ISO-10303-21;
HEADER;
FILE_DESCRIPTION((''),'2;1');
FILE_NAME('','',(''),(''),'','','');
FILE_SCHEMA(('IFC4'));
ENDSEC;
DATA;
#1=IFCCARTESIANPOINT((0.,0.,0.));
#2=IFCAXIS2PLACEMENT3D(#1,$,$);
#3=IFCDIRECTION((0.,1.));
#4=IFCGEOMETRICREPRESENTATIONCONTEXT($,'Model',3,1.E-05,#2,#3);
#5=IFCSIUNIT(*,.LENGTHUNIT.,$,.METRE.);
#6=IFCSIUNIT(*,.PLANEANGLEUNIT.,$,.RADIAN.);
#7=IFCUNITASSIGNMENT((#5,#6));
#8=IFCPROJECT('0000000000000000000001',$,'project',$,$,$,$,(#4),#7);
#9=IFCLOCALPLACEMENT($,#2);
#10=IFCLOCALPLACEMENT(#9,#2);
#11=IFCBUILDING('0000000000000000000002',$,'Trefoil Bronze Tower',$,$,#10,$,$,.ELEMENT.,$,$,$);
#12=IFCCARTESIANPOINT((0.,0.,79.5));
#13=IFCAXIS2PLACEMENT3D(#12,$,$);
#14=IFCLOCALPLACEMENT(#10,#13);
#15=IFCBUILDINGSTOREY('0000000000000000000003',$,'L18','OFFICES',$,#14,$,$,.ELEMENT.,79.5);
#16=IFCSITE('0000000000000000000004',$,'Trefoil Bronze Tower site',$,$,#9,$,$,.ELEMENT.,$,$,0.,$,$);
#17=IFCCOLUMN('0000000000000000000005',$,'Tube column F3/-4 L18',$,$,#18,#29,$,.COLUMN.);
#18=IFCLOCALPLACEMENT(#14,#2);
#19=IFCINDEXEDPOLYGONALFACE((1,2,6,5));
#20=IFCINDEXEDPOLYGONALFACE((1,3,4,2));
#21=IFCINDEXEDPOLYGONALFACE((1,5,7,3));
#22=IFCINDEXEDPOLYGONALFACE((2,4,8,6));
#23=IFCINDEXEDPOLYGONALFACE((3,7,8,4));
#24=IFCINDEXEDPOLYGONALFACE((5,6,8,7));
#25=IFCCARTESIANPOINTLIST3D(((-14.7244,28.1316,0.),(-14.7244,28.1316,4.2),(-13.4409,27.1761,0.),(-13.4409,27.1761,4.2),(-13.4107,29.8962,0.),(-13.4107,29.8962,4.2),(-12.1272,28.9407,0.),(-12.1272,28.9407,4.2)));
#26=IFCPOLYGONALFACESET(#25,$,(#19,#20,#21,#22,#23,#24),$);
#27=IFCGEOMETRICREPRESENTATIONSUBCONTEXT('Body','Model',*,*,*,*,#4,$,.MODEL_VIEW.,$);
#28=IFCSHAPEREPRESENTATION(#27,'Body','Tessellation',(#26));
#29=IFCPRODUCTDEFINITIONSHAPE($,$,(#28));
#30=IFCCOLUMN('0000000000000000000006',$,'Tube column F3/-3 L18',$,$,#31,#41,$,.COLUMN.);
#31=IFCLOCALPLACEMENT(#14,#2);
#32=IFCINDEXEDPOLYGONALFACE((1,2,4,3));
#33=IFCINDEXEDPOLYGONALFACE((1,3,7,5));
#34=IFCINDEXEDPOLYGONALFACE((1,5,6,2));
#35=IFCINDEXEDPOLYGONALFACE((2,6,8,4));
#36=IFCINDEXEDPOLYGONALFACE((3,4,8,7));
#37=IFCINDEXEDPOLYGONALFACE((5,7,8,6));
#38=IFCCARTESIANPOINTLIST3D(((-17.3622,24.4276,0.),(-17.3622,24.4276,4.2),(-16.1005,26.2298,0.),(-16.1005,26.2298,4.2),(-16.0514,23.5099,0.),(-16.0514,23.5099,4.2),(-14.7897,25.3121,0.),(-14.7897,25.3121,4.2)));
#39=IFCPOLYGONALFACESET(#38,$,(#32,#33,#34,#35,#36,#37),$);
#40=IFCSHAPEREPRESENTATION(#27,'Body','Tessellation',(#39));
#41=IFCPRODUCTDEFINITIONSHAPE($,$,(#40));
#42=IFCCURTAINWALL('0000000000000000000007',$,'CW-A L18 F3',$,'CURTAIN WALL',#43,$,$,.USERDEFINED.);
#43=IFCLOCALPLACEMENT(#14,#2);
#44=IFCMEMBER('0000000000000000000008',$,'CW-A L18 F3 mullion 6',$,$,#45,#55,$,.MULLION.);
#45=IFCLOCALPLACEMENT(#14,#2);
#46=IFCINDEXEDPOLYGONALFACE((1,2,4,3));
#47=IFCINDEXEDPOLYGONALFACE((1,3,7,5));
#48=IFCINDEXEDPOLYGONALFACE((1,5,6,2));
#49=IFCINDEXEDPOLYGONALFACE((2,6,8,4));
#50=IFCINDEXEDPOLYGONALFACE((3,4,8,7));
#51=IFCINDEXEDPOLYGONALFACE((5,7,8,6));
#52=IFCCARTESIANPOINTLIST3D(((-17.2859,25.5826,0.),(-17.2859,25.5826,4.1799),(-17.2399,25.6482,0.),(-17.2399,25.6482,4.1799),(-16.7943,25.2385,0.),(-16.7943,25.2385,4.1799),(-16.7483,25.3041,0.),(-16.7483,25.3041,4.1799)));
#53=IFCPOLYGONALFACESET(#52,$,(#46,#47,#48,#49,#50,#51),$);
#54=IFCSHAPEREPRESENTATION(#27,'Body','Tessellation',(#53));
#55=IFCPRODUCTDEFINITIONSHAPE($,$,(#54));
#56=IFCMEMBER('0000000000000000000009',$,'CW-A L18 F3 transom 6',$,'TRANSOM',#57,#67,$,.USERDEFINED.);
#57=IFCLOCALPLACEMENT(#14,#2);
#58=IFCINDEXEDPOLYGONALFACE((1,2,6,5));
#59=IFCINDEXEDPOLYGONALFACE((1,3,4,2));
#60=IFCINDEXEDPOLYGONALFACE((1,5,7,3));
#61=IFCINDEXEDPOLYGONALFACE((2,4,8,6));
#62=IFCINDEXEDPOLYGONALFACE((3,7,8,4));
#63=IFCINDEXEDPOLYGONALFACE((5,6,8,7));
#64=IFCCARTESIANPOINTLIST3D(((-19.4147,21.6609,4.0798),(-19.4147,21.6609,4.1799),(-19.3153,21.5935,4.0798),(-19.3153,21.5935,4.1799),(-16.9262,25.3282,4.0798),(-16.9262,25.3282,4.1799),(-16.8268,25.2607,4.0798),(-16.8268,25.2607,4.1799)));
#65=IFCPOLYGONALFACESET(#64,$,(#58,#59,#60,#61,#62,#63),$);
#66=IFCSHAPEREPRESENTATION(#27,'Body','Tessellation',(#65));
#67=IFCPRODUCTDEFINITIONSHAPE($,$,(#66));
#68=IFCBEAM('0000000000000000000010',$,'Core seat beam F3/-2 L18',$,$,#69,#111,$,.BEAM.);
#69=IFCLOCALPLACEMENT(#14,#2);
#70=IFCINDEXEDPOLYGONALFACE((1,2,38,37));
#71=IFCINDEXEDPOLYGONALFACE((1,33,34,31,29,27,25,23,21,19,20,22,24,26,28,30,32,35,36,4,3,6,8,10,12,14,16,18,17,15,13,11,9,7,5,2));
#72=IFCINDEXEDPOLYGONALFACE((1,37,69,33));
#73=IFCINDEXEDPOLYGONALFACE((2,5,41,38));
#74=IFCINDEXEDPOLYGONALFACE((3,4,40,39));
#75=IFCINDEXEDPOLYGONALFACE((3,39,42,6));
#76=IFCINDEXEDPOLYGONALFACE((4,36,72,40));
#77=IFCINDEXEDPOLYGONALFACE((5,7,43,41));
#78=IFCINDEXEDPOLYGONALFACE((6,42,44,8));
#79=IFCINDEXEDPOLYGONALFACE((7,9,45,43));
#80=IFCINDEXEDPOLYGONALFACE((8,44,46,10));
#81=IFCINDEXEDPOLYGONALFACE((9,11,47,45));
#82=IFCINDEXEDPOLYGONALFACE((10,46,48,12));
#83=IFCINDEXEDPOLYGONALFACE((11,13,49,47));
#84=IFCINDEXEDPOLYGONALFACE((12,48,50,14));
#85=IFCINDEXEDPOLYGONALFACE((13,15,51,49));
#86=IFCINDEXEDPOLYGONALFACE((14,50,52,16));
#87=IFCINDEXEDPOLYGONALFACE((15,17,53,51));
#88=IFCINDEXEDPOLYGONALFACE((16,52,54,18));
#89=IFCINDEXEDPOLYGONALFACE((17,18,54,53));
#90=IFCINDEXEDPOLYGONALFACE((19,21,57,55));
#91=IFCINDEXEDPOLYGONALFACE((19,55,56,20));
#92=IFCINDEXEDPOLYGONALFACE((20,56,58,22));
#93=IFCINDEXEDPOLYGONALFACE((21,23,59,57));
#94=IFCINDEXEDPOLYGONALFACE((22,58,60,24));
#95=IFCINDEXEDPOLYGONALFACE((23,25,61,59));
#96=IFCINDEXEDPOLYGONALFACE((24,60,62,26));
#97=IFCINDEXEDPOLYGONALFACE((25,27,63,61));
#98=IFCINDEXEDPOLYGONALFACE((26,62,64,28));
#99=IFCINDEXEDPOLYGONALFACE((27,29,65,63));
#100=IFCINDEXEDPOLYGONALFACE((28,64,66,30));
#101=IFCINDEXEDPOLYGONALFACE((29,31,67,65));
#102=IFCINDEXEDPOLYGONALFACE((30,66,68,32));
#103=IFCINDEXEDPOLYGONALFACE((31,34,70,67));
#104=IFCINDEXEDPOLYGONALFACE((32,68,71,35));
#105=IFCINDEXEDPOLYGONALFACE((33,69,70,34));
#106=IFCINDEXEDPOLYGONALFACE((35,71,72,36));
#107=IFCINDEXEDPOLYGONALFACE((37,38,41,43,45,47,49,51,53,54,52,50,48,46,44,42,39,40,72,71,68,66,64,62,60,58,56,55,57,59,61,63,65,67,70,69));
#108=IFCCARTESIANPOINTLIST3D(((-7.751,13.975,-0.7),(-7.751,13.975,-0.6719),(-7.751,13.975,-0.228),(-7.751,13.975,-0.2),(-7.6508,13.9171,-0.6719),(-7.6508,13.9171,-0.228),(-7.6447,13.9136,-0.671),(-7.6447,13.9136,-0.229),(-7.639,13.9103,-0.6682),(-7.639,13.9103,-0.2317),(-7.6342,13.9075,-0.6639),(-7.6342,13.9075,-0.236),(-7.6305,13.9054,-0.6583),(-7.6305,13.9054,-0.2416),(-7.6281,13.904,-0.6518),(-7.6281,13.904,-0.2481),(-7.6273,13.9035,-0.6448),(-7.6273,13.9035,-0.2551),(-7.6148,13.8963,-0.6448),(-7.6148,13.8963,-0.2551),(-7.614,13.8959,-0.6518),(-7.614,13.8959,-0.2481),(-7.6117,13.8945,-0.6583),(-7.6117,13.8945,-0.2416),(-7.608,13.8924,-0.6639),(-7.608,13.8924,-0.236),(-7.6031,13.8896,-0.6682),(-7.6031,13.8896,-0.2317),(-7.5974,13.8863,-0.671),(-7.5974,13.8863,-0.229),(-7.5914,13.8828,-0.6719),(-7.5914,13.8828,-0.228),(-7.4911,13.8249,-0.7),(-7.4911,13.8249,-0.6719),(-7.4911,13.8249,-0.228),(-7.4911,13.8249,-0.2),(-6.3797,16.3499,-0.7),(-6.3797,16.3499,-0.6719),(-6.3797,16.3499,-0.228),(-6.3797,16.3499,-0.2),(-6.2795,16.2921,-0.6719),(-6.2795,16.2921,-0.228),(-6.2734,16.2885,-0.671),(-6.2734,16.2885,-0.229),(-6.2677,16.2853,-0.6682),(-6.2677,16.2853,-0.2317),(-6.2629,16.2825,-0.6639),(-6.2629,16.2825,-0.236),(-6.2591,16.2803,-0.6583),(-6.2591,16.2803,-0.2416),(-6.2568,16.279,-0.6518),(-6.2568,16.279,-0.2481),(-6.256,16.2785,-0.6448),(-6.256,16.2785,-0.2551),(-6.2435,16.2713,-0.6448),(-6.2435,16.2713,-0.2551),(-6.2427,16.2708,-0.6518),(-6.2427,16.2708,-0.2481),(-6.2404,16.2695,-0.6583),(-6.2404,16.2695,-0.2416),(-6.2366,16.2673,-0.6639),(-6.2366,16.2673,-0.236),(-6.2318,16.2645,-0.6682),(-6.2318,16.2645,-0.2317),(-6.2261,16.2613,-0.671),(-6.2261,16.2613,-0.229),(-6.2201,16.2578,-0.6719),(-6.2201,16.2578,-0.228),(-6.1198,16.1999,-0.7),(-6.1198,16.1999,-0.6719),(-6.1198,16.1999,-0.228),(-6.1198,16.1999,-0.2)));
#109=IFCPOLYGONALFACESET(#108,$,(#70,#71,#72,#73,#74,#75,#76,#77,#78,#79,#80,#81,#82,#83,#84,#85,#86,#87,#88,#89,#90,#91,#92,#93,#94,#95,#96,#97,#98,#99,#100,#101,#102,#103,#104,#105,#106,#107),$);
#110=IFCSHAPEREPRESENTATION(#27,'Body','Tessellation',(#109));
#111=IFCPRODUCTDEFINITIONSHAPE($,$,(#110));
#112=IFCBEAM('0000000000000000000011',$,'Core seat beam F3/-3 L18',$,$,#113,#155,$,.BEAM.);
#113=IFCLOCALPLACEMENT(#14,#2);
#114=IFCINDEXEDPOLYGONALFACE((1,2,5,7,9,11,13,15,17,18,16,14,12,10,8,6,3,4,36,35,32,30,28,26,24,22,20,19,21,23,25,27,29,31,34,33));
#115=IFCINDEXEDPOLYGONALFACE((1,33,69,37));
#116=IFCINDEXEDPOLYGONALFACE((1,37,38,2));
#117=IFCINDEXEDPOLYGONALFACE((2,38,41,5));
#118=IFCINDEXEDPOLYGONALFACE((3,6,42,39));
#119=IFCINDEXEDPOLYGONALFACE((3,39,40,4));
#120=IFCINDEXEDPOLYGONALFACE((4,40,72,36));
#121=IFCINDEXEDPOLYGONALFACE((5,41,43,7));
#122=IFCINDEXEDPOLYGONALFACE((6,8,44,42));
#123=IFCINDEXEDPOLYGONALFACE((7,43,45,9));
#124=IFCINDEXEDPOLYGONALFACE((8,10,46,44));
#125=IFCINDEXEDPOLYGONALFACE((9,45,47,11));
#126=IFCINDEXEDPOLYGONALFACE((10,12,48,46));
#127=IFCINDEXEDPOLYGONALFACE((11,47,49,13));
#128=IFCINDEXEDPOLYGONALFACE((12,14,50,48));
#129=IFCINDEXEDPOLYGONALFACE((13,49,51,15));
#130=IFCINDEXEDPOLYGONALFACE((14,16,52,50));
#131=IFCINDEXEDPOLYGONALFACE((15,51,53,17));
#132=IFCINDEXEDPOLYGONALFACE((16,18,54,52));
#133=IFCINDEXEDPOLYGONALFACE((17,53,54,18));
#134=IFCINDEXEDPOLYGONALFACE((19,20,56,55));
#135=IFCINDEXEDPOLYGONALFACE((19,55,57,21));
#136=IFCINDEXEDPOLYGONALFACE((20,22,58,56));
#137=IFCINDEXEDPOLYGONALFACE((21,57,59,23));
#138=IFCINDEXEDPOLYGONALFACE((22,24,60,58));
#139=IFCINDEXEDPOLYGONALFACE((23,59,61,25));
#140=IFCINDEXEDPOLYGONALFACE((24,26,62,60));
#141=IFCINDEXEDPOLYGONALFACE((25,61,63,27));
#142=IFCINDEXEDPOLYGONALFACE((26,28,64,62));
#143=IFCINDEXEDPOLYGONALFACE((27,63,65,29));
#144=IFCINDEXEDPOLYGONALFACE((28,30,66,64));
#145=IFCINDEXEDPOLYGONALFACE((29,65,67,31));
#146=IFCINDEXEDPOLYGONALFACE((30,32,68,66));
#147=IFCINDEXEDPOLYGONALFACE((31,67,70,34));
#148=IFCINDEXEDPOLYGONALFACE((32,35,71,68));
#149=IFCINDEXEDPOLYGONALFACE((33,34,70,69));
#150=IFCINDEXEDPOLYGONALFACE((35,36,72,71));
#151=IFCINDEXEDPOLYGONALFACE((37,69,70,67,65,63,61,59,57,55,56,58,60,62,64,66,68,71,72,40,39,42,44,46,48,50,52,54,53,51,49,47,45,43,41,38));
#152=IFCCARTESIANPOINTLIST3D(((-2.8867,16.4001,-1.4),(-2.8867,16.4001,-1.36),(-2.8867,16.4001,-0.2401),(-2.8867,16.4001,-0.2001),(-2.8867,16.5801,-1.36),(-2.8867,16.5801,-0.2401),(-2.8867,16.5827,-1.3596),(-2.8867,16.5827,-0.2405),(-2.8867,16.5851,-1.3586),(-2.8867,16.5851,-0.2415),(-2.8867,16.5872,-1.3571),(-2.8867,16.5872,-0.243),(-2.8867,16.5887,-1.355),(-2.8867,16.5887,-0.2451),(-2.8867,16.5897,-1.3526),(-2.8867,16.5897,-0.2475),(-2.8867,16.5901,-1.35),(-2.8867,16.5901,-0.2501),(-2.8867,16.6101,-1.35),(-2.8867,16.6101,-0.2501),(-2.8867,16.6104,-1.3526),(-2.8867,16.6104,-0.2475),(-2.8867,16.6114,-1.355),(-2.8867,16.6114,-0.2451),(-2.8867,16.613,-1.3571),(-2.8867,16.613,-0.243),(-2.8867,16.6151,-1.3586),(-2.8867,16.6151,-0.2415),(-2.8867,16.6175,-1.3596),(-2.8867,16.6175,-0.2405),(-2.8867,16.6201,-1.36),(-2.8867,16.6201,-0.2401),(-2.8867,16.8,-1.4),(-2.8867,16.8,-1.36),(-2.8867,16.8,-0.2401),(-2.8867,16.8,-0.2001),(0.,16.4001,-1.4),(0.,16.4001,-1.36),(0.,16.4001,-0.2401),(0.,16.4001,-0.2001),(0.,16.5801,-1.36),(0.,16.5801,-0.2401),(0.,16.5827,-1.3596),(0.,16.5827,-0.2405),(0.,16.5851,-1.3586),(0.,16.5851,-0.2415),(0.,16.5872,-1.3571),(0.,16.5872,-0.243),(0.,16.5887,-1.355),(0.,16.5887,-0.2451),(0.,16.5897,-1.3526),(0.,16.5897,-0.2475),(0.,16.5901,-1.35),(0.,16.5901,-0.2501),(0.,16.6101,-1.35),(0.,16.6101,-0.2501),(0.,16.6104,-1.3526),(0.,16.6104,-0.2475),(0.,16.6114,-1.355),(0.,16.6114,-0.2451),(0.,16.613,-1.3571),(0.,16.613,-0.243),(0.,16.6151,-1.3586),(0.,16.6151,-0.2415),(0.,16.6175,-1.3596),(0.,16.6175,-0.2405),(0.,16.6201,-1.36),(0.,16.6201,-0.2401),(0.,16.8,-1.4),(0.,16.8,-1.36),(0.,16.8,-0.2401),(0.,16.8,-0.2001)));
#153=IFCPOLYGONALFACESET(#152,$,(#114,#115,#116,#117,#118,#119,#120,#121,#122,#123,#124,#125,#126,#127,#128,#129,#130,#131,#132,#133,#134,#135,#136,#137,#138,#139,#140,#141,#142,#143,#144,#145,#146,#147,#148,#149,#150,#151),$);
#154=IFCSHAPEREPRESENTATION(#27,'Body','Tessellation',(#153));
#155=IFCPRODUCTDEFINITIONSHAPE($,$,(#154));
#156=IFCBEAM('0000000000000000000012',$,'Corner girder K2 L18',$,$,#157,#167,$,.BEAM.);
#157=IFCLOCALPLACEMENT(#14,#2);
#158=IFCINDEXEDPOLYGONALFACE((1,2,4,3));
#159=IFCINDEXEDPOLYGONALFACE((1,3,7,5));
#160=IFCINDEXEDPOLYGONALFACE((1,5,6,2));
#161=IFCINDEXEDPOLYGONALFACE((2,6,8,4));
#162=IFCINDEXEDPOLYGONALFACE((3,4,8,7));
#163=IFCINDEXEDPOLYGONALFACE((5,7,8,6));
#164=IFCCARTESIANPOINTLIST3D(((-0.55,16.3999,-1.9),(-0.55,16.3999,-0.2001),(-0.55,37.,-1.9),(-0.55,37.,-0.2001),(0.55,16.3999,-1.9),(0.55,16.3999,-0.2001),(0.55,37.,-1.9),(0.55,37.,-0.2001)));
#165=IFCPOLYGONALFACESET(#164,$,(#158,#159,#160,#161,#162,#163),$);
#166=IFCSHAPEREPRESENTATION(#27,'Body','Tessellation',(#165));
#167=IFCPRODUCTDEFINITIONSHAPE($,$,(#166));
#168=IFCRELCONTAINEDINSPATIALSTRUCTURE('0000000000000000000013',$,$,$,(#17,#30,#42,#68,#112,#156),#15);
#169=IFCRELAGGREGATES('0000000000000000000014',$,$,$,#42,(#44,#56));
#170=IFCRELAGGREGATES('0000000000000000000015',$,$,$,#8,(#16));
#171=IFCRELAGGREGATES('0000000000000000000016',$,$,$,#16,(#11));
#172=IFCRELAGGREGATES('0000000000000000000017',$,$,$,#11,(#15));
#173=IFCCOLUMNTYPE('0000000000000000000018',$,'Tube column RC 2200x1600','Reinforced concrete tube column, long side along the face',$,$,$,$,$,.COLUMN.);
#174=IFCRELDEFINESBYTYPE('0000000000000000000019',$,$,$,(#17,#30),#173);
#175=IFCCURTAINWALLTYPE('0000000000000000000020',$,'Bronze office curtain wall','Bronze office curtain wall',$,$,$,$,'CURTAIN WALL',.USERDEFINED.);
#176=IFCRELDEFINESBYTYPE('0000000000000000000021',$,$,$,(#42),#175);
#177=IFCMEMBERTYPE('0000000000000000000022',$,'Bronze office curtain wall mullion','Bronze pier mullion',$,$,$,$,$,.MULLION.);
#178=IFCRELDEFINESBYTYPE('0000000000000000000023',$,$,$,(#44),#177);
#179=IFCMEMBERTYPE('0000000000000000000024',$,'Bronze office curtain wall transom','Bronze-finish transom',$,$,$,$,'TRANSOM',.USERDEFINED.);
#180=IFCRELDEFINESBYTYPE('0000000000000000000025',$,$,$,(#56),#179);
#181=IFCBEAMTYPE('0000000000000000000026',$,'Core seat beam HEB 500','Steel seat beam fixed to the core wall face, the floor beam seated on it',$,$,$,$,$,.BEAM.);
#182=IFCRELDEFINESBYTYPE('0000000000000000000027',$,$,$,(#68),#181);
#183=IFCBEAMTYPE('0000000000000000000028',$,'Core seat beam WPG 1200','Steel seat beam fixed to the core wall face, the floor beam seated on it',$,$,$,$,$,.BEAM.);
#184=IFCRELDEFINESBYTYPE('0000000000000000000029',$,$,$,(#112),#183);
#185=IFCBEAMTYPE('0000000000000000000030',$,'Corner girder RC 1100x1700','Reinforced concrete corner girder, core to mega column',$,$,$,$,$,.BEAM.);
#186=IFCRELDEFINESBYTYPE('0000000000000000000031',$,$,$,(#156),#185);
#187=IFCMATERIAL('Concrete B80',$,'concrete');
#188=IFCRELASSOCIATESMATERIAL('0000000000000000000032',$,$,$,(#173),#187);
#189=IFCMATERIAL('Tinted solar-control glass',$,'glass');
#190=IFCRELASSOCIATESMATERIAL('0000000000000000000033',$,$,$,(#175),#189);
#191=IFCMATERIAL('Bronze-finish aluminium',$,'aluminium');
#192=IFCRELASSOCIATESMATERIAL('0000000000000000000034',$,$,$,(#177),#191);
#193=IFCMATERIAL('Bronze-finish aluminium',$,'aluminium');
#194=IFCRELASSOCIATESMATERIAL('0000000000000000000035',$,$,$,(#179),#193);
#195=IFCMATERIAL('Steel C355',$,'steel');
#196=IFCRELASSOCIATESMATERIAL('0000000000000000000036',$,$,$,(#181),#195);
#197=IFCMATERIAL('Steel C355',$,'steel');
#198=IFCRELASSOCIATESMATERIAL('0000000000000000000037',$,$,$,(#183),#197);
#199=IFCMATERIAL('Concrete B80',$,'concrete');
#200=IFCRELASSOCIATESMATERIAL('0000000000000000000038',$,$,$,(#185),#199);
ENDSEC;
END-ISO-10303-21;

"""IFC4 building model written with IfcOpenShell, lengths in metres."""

from ifc_helpers import new_model, si_unit, direction, frame, origin, origin_2d, place, context, subcontext, project, spatial, rectangle, i_section, extrude, material, material_profile, profile_set, type_object, element, aggregate, save


model = new_model("IFC4")

# Units and contexts
model_context = context("Model", 3, precision=1e-05, world=origin(), true_north=direction((0.0, 1.0)))
body_context = subcontext(model_context, "Body", "Model", "MODEL_VIEW")
ifc_project = project(units=[si_unit("LENGTHUNIT", "METRE"), si_unit("PLANEANGLEUNIT", "RADIAN")], contexts=[model_context])

# Site, building, storey
site_placement = place(None, origin())
site = spatial("IfcSite", under=ifc_project, at=site_placement, Name="Trefoil Bronze Tower site", CompositionType="ELEMENT", RefElevation=0.0)
building_placement = place(site_placement, origin())
building = spatial("IfcBuilding", under=site, at=building_placement, Name="Trefoil Bronze Tower", CompositionType="ELEMENT")
storey_placement = place(building_placement, frame((0.0, 0.0, 79.5)))
storey = spatial("IfcBuildingStorey", under=building, at=storey_placement, Name="L18", Description="OFFICES", CompositionType="ELEMENT", Elevation=79.5)

# Columns
ifc_material_1 = material(Name="Concrete B80", Category="concrete")
ifc_material_profile_1 = material_profile(ifc_material_1, rectangle(XDim=2.2, YDim=1.6001, at=origin_2d()), Name="RC 2200x1600")
ifc_profile_set_1 = profile_set([ifc_material_profile_1], Name="Concrete B80")
column_type = type_object("IfcColumnType", Name="Tube column RC 2200x1600", Description="Reinforced concrete tube column, long side along the face", PredefinedType="COLUMN", material=ifc_profile_set_1)
for number, where, z_axis, x_axis, name in (
    (1, (-13.4258, 28.5361, 0.0), (0.0, 0.0, 1.0), (-0.597154, -0.802127, 0.0), "Tube column F3/-4 L18"),
    (2, (-16.0759, 24.8699, 0.0), (0.0, 0.0, 1.0), (-0.573502, -0.819204, 0.0), "Tube column F3/-3 L18"),
):
    element("IfcColumn", number, at=place(storey_placement, frame(where, z_axis=z_axis, x_axis=x_axis)), inside=storey, type_object=column_type, Name=name, PredefinedType="COLUMN", context=body_context, shape_type="SweptSolid", body=[
        extrude(rectangle(XDim=2.2, YDim=1.6001, at=origin_2d()), origin(), (0.0, 0.0, 1.0), 4.2),
    ])

# Curtain wall, members
ifc_material_2 = material(Name="Tinted solar-control glass", Category="glass")
curtain_wall_type = type_object("IfcCurtainWallType", Name="Bronze office curtain wall", Description="Bronze office curtain wall", ElementType="CURTAIN WALL", PredefinedType="USERDEFINED", material=ifc_material_2)
curtain_wall_placement = place(storey_placement, origin())
curtain_wall = element("IfcCurtainWall", 3, at=curtain_wall_placement, inside=storey, type_object=curtain_wall_type, Name="CW-A L18 F3", ObjectType="CURTAIN WALL", PredefinedType="USERDEFINED")
ifc_material_3 = material(Name="Bronze-finish aluminium", Category="aluminium")
ifc_material_profile_2 = material_profile(ifc_material_3, rectangle(XDim=0.6001, YDim=0.0801, at=origin_2d()), Name="CW-A mullion")
ifc_profile_set_2 = profile_set([ifc_material_profile_2], Name="Bronze-finish aluminium")
member_type_1 = type_object("IfcMemberType", Name="Bronze office curtain wall mullion", Description="Bronze pier mullion", PredefinedType="MULLION", material=ifc_profile_set_2)
member_1_placement = place(storey_placement, frame((-17.0171, 25.4434, 0.0), z_axis=(0.0, 0.0, 1.0), x_axis=(0.819204, -0.573502, 0.0)))
member_1 = element("IfcMember", 4, at=member_1_placement, type_object=member_type_1, Name="CW-A L18 F3 mullion 6", PredefinedType="MULLION", context=body_context, shape_type="SweptSolid", body=[
    extrude(rectangle(XDim=0.6001, YDim=0.0801, at=origin_2d()), origin(), (0.0, 0.0, 1.0), 4.1799),
])
ifc_material_4 = material(Name="Bronze-finish aluminium", Category="aluminium")
ifc_material_profile_3 = material_profile(ifc_material_4, rectangle(XDim=0.1201, YDim=0.1001, at=origin_2d()), Name="CW-A transom")
ifc_profile_set_3 = profile_set([ifc_material_profile_3], Name="Bronze-finish aluminium")
member_type_2 = type_object("IfcMemberType", Name="Bronze office curtain wall transom", Description="Bronze-finish transom", ElementType="TRANSOM", PredefinedType="USERDEFINED", material=ifc_profile_set_3)
member_2_placement = place(storey_placement, frame((-16.8765, 25.2944, 4.1299), z_axis=(-0.561508, -0.827471, 0.0), x_axis=(0.827471, -0.561508, 0.0)))
member_2 = element("IfcMember", 5, at=member_2_placement, type_object=member_type_2, Name="CW-A L18 F3 transom 6", ObjectType="TRANSOM", PredefinedType="USERDEFINED", context=body_context, shape_type="SweptSolid", body=[
    extrude(rectangle(XDim=0.1201, YDim=0.1001, at=origin_2d()), origin(), (0.0, 0.0, 1.0), 4.4319),
])

# Beams
ifc_material_5 = material(Name="Steel C355", Category="steel")
ifc_material_profile_4 = material_profile(ifc_material_5, i_section(OverallWidth=0.3, OverallDepth=0.5, WebThickness=0.0144, FlangeThickness=0.0281, FilletRadius=0.0271, at=origin_2d()), Name="HEB 500")
ifc_profile_set_4 = profile_set([ifc_material_profile_4], Name="Steel C355")
beam_type_1 = type_object("IfcBeamType", Name="Core seat beam HEB 500", Description="Steel seat beam fixed to the core wall face, the floor beam seated on it", PredefinedType="BEAM", material=ifc_profile_set_4)
beam_1_placement = place(storey_placement, frame((-6.2498, 16.2749, -0.45), z_axis=(-0.500036, -0.866005, 0.0), x_axis=(0.866005, -0.500036, 0.0)))
element("IfcBeam", 6, at=beam_1_placement, inside=storey, type_object=beam_type_1, Name="Core seat beam F3/-2 L18", PredefinedType="BEAM", context=body_context, shape_type="SweptSolid", body=[
    extrude(i_section(OverallWidth=0.3, OverallDepth=0.5, WebThickness=0.0144, FlangeThickness=0.0281, FilletRadius=0.0271, at=origin_2d()), origin(), (0.0, 0.0, 1.0), 2.7424),
])
ifc_material_6 = material(Name="Steel C355", Category="steel")
ifc_material_profile_5 = material_profile(ifc_material_6, i_section(OverallWidth=0.3999, OverallDepth=1.2, WebThickness=0.02, FlangeThickness=0.04, FilletRadius=0.01, at=origin_2d()), Name="WPG 1200")
ifc_profile_set_5 = profile_set([ifc_material_profile_5], Name="Steel C355")
beam_type_2 = type_object("IfcBeamType", Name="Core seat beam WPG 1200", Description="Steel seat beam fixed to the core wall face, the floor beam seated on it", PredefinedType="BEAM", material=ifc_profile_set_5)
beam_2_placement = place(storey_placement, frame((0.0, 16.6001, -0.8), z_axis=(-1.0, 0.0, 0.0), x_axis=(0.0, -1.0, 0.0)))
element("IfcBeam", 7, at=beam_2_placement, inside=storey, type_object=beam_type_2, Name="Core seat beam F3/-3 L18", PredefinedType="BEAM", context=body_context, shape_type="SweptSolid", body=[
    extrude(i_section(OverallWidth=0.3999, OverallDepth=1.2, WebThickness=0.02, FlangeThickness=0.04, FilletRadius=0.01, at=origin_2d()), origin(), (0.0, 0.0, 1.0), 2.8867),
])
ifc_material_7 = material(Name="Concrete B80", Category="concrete")
ifc_material_profile_6 = material_profile(ifc_material_7, rectangle(XDim=1.1001, YDim=1.7, at=origin_2d()), Name="RC 1100x1700")
ifc_profile_set_6 = profile_set([ifc_material_profile_6], Name="Concrete B80")
beam_type_3 = type_object("IfcBeamType", Name="Corner girder RC 1100x1700", Description="Reinforced concrete corner girder, core to mega column", PredefinedType="BEAM", material=ifc_profile_set_6)
beam_3_placement = place(storey_placement, frame((0.0, 16.3999, -1.05), z_axis=(0.0, 1.0, 0.0), x_axis=(-1.0, 0.0, 0.0)))
element("IfcBeam", 8, at=beam_3_placement, inside=storey, type_object=beam_type_3, Name="Corner girder K2 L18", PredefinedType="BEAM", context=body_context, shape_type="SweptSolid", body=[
    extrude(rectangle(XDim=1.1001, YDim=1.7, at=origin_2d()), origin(), (0.0, 0.0, 1.0), 20.6001),
])

aggregate(curtain_wall, [member_1, member_2])

save(model, "model.ifc")
